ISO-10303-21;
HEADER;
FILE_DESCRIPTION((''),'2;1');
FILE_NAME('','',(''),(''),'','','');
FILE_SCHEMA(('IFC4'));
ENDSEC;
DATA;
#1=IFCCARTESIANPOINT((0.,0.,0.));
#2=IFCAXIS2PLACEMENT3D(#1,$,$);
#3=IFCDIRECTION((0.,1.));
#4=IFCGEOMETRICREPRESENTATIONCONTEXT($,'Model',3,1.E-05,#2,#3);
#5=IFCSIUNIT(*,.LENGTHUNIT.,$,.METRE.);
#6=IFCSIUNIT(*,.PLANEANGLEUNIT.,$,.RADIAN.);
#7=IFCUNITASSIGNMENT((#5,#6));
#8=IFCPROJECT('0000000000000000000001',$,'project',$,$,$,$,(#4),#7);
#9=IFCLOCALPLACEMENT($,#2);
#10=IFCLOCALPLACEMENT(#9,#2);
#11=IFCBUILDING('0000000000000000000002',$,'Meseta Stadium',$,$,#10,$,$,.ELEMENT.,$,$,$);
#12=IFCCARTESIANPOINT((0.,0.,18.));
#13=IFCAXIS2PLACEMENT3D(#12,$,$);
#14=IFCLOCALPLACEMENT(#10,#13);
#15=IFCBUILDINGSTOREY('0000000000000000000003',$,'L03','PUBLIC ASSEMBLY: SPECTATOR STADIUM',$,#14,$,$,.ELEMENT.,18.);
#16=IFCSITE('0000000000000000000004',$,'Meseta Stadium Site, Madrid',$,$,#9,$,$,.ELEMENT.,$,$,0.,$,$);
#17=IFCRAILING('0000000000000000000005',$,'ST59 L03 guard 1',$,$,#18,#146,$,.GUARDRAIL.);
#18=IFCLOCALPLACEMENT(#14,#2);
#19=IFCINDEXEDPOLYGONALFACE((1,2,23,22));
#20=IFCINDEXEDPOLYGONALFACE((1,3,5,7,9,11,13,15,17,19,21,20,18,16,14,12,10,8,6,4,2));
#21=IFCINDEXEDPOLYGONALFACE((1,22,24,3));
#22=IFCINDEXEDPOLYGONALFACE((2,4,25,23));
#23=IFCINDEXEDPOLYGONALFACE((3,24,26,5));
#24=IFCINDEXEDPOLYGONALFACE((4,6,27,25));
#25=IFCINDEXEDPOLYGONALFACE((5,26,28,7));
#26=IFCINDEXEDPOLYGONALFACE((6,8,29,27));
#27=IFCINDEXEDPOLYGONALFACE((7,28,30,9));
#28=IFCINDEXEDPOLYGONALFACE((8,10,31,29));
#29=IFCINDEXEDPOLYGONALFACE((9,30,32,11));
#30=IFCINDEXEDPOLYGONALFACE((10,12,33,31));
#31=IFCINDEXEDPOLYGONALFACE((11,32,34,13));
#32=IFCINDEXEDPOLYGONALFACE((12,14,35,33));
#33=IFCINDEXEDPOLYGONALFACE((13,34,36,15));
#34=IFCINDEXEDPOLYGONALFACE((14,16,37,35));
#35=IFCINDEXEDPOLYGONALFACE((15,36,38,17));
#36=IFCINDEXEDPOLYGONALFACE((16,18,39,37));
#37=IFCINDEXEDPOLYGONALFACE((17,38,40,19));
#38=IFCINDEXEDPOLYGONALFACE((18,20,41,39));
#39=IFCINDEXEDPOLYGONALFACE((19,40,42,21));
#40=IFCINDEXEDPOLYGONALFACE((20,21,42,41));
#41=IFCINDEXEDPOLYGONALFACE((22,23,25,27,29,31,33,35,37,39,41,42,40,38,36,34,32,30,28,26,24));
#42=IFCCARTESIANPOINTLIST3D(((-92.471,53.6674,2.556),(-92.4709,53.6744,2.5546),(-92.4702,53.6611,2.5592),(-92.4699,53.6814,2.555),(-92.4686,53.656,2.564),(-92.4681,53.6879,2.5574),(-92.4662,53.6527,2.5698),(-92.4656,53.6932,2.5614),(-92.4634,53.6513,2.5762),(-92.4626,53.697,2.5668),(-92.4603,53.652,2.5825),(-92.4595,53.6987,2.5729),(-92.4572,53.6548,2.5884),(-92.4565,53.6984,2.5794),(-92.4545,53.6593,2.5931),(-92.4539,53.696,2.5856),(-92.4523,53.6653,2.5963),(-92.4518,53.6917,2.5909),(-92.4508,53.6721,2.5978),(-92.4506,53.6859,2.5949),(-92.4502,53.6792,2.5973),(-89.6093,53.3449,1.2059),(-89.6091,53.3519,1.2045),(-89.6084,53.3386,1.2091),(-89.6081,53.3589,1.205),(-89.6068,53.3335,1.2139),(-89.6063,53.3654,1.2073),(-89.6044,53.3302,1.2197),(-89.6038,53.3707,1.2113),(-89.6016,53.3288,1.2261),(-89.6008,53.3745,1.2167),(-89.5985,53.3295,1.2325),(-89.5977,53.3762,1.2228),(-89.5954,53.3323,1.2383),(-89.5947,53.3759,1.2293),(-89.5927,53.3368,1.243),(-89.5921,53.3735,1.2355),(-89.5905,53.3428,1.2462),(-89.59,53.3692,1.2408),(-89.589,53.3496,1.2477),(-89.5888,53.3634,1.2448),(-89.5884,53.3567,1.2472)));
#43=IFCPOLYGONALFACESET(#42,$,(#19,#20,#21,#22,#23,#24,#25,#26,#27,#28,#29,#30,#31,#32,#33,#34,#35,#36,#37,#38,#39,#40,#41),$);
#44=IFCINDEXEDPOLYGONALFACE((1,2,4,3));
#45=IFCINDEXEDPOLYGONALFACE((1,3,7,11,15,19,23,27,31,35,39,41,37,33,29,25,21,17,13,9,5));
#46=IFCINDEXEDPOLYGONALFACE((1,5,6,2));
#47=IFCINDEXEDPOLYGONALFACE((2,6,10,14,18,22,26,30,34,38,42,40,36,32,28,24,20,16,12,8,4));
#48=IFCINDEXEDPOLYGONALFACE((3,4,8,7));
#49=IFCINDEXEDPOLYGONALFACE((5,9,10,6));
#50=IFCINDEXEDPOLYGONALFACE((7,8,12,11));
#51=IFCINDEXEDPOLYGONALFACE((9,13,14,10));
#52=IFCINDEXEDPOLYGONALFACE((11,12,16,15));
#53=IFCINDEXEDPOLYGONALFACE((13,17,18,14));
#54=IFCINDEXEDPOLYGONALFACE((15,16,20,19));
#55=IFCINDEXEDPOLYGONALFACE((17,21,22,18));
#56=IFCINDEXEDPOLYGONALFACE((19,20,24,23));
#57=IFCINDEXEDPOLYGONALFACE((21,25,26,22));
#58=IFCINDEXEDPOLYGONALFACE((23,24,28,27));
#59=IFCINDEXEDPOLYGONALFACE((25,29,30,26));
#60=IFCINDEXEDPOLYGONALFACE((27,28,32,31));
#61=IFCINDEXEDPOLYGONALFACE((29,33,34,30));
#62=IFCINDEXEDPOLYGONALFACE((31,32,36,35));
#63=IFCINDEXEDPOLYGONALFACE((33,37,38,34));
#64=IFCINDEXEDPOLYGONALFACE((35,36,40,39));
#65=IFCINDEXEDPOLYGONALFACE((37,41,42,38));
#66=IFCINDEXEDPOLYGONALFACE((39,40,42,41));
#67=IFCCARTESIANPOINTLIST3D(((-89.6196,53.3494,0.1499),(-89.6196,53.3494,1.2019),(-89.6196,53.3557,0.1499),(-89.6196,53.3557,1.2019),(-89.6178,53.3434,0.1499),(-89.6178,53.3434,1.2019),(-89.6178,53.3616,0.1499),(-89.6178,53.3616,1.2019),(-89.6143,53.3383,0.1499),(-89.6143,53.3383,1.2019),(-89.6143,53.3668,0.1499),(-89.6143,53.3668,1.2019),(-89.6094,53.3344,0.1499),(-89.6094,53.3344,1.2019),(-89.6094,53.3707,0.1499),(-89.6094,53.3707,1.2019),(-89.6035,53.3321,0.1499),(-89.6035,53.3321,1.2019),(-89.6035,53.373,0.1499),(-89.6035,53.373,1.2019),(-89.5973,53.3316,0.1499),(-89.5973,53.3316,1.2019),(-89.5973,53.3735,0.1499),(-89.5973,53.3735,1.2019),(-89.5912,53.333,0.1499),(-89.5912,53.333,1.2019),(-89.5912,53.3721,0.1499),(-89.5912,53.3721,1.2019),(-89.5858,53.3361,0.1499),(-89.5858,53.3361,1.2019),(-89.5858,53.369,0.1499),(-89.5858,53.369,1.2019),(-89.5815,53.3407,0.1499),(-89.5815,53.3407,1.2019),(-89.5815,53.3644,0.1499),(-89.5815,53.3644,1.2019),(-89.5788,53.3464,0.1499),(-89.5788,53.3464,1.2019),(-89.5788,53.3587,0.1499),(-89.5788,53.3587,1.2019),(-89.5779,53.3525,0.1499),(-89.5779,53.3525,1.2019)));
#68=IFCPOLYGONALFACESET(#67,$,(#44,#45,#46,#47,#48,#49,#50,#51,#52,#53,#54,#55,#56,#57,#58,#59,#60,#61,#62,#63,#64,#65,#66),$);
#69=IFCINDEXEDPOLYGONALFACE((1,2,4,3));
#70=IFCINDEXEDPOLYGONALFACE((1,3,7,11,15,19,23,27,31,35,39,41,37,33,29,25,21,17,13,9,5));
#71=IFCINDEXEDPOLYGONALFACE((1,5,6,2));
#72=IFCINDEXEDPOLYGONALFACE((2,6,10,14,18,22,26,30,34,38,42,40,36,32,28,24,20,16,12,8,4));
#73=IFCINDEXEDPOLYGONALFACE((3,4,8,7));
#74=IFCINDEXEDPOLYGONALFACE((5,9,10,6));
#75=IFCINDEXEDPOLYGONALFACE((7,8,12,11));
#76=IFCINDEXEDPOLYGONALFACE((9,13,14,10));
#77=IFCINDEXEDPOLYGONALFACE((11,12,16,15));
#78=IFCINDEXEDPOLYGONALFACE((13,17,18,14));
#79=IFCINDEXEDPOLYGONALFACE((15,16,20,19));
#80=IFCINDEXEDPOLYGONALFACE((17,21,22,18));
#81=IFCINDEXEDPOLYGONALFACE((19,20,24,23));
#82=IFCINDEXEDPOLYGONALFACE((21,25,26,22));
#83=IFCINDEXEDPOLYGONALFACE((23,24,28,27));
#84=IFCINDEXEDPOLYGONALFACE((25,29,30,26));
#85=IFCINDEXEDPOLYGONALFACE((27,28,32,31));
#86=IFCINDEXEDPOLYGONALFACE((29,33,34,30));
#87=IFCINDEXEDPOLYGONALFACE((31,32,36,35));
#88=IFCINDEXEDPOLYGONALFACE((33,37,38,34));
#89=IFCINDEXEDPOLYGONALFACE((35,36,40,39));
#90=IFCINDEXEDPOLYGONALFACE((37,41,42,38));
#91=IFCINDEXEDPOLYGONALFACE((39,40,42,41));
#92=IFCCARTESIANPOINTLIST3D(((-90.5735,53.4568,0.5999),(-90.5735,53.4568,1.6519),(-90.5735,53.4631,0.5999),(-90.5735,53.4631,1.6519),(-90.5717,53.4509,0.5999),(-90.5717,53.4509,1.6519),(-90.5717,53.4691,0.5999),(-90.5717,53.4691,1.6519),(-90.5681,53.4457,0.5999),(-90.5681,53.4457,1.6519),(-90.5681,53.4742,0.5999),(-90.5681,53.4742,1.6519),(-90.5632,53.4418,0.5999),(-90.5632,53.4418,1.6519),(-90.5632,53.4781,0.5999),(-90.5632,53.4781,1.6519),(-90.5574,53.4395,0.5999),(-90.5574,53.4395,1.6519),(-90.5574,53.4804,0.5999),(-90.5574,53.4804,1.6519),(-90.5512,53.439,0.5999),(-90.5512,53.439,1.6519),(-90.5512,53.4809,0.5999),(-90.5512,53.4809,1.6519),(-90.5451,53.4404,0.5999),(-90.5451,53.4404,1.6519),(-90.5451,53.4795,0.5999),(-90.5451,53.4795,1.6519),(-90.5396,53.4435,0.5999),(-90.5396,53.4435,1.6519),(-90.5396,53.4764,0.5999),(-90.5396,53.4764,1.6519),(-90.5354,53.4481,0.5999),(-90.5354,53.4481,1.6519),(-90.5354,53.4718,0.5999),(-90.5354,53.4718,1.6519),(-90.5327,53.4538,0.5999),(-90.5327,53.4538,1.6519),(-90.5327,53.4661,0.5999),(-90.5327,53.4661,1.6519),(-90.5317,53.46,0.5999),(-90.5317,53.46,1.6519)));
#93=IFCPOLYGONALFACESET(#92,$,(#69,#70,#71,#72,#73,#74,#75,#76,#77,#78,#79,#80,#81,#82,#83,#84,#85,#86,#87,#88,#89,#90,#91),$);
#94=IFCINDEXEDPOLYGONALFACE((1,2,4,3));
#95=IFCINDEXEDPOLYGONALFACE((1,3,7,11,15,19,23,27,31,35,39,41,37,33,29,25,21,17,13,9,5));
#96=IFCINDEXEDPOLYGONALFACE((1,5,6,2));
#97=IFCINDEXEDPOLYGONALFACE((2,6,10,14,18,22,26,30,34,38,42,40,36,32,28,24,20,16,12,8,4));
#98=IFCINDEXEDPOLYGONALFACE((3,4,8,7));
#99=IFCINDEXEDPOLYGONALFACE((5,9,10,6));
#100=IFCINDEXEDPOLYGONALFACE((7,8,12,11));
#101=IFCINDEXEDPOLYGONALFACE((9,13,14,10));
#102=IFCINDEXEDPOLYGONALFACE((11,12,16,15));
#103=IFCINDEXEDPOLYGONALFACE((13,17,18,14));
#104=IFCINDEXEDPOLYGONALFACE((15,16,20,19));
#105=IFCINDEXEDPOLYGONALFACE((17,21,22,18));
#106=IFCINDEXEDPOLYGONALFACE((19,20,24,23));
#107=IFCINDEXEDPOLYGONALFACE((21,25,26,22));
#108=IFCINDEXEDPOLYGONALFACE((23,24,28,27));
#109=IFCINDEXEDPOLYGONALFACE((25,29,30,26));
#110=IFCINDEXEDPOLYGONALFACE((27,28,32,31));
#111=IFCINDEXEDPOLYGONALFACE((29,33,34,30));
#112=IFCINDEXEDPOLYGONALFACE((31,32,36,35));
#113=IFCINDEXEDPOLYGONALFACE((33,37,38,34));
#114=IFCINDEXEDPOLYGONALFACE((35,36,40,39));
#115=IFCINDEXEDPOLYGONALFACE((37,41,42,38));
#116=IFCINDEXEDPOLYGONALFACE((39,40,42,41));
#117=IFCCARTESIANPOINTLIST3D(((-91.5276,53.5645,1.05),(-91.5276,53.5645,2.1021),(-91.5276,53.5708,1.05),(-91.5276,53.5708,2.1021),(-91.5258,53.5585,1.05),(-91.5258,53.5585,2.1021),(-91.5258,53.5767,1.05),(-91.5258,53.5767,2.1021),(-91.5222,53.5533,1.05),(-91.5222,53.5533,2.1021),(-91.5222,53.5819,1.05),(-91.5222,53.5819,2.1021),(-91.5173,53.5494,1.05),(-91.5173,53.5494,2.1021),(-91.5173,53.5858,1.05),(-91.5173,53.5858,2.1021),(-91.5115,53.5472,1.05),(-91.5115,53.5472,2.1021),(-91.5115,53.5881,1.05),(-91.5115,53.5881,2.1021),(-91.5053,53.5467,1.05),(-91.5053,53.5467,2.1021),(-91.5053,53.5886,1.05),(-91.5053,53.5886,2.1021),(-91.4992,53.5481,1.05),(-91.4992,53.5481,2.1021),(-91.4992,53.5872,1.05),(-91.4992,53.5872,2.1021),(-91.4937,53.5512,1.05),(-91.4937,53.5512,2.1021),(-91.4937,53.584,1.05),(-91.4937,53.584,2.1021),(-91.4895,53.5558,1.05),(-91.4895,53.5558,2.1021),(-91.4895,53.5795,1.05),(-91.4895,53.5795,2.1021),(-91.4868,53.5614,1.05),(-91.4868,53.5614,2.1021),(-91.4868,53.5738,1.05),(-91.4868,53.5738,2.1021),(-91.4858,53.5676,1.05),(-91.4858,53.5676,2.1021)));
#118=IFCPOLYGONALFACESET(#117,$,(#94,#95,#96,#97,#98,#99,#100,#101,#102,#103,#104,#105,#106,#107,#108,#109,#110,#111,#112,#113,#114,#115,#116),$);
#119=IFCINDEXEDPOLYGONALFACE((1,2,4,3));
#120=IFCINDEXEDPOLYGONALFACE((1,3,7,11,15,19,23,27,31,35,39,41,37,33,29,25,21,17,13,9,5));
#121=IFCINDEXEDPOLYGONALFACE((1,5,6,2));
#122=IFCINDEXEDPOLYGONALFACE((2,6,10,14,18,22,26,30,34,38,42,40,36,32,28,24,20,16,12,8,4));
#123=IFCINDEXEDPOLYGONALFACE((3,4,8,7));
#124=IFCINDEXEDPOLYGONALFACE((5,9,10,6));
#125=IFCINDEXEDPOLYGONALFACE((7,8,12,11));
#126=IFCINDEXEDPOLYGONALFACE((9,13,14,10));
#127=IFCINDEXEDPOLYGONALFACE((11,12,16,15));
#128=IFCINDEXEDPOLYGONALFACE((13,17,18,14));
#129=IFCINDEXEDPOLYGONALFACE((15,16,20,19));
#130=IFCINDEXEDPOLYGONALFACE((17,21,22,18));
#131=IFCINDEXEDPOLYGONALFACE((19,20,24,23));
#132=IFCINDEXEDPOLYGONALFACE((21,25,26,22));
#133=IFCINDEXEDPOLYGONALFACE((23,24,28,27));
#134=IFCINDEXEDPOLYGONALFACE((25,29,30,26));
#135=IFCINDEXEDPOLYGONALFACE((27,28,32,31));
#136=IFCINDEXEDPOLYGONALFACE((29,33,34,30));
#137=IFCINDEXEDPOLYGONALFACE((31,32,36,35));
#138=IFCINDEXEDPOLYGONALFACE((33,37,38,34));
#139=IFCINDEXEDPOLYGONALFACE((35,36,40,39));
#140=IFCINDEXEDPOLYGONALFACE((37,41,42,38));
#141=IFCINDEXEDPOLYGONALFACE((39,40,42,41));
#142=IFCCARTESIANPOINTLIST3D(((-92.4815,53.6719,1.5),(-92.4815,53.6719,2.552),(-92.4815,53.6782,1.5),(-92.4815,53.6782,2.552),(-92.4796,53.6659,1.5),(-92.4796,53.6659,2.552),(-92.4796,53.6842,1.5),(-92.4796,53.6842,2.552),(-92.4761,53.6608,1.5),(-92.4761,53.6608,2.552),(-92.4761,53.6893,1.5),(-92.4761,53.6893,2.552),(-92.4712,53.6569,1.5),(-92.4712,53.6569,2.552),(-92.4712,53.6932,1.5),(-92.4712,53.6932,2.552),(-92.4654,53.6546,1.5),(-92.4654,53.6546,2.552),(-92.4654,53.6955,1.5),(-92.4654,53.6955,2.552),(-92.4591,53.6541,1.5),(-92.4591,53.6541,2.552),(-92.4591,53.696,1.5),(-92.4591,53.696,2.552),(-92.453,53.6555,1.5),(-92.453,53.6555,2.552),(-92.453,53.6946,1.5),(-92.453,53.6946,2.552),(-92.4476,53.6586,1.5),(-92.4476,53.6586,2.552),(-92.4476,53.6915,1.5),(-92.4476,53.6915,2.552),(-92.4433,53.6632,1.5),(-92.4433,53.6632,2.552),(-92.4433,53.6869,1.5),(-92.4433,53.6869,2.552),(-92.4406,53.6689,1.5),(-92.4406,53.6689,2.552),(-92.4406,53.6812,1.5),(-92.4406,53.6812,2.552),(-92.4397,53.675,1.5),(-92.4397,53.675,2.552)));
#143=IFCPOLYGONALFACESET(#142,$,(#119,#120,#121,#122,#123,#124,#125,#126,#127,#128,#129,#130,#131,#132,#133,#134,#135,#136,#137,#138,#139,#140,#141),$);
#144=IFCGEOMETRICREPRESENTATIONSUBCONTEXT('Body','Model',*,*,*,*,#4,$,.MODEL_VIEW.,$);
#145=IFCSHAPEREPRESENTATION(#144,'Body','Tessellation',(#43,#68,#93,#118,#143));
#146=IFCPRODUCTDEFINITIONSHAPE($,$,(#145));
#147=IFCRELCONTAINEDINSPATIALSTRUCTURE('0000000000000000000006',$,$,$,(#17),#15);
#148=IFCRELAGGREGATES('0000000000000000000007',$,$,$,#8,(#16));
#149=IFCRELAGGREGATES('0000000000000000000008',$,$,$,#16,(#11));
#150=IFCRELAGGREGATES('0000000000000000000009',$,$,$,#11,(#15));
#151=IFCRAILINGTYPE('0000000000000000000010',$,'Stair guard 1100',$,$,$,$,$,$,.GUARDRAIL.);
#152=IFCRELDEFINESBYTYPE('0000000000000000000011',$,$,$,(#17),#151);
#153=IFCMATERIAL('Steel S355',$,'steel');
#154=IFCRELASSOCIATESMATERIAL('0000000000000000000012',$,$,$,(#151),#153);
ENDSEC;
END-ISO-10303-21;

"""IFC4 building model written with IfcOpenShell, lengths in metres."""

from ifc_helpers import new_model, si_unit, direction, frame, origin, origin_2d, place, context, subcontext, project, spatial, circle, extrude, material, type_object, element, save


model = new_model("IFC4")

# Units and contexts
model_context = context("Model", 3, precision=1e-05, world=origin(), true_north=direction((0.0, 1.0)))
body_context = subcontext(model_context, "Body", "Model", "MODEL_VIEW")
ifc_project = project(units=[si_unit("LENGTHUNIT", "METRE"), si_unit("PLANEANGLEUNIT", "RADIAN")], contexts=[model_context])

# Site, building, storey
site_placement = place(None, origin())
site = spatial("IfcSite", under=ifc_project, at=site_placement, Name="Meseta Stadium Site, Madrid", CompositionType="ELEMENT", RefElevation=0.0)
building_placement = place(site_placement, origin())
building = spatial("IfcBuilding", under=site, at=building_placement, Name="Meseta Stadium", CompositionType="ELEMENT")
storey_placement = place(building_placement, frame((0.0, 0.0, 18.0)))
storey = spatial("IfcBuildingStorey", under=building, at=storey_placement, Name="L03", Description="PUBLIC ASSEMBLY: SPECTATOR STADIUM", CompositionType="ELEMENT", Elevation=18.0)

# Railing
ifc_material_1 = material(Name="Steel S355", Category="steel")
railing_type_1 = type_object("IfcRailingType", Name="Stair guard 1100", PredefinedType="GUARDRAIL", material=ifc_material_1)
railing_1_placement = place(storey_placement, frame((-89.5989, 53.3525, 0.1499)))
element("IfcRailing", 1, at=railing_1_placement, inside=storey, type_object=railing_type_1, Name="ST59 L03 guard 1", PredefinedType="GUARDRAIL", context=body_context, shape_type="SweptSolid", body=[
    extrude(circle(Radius=0.0239, at=origin_2d()), frame((0.0, 0.0, 1.0762), z_axis=(-0.899748, 0.101396, 0.424467), x_axis=(-0.111985, -0.99371, 0.0)), (0.0, 0.0, 1.0), 3.1807),
    extrude(circle(Radius=0.021, at=origin_2d()), origin(), (0.0, 0.0, 1.0), 1.052),
    extrude(circle(Radius=0.021, at=origin_2d()), frame((-0.9539, 0.1074, 0.45)), (0.0, 0.0, 1.0), 1.052),
    extrude(circle(Radius=0.021, at=origin_2d()), frame((-1.908, 0.2151, 0.9001)), (0.0, 0.0, 1.0), 1.052),
    extrude(circle(Radius=0.021, at=origin_2d()), frame((-2.8618, 0.3225, 1.3501)), (0.0, 0.0, 1.0), 1.052),
])

save(model, "model.ifc")
